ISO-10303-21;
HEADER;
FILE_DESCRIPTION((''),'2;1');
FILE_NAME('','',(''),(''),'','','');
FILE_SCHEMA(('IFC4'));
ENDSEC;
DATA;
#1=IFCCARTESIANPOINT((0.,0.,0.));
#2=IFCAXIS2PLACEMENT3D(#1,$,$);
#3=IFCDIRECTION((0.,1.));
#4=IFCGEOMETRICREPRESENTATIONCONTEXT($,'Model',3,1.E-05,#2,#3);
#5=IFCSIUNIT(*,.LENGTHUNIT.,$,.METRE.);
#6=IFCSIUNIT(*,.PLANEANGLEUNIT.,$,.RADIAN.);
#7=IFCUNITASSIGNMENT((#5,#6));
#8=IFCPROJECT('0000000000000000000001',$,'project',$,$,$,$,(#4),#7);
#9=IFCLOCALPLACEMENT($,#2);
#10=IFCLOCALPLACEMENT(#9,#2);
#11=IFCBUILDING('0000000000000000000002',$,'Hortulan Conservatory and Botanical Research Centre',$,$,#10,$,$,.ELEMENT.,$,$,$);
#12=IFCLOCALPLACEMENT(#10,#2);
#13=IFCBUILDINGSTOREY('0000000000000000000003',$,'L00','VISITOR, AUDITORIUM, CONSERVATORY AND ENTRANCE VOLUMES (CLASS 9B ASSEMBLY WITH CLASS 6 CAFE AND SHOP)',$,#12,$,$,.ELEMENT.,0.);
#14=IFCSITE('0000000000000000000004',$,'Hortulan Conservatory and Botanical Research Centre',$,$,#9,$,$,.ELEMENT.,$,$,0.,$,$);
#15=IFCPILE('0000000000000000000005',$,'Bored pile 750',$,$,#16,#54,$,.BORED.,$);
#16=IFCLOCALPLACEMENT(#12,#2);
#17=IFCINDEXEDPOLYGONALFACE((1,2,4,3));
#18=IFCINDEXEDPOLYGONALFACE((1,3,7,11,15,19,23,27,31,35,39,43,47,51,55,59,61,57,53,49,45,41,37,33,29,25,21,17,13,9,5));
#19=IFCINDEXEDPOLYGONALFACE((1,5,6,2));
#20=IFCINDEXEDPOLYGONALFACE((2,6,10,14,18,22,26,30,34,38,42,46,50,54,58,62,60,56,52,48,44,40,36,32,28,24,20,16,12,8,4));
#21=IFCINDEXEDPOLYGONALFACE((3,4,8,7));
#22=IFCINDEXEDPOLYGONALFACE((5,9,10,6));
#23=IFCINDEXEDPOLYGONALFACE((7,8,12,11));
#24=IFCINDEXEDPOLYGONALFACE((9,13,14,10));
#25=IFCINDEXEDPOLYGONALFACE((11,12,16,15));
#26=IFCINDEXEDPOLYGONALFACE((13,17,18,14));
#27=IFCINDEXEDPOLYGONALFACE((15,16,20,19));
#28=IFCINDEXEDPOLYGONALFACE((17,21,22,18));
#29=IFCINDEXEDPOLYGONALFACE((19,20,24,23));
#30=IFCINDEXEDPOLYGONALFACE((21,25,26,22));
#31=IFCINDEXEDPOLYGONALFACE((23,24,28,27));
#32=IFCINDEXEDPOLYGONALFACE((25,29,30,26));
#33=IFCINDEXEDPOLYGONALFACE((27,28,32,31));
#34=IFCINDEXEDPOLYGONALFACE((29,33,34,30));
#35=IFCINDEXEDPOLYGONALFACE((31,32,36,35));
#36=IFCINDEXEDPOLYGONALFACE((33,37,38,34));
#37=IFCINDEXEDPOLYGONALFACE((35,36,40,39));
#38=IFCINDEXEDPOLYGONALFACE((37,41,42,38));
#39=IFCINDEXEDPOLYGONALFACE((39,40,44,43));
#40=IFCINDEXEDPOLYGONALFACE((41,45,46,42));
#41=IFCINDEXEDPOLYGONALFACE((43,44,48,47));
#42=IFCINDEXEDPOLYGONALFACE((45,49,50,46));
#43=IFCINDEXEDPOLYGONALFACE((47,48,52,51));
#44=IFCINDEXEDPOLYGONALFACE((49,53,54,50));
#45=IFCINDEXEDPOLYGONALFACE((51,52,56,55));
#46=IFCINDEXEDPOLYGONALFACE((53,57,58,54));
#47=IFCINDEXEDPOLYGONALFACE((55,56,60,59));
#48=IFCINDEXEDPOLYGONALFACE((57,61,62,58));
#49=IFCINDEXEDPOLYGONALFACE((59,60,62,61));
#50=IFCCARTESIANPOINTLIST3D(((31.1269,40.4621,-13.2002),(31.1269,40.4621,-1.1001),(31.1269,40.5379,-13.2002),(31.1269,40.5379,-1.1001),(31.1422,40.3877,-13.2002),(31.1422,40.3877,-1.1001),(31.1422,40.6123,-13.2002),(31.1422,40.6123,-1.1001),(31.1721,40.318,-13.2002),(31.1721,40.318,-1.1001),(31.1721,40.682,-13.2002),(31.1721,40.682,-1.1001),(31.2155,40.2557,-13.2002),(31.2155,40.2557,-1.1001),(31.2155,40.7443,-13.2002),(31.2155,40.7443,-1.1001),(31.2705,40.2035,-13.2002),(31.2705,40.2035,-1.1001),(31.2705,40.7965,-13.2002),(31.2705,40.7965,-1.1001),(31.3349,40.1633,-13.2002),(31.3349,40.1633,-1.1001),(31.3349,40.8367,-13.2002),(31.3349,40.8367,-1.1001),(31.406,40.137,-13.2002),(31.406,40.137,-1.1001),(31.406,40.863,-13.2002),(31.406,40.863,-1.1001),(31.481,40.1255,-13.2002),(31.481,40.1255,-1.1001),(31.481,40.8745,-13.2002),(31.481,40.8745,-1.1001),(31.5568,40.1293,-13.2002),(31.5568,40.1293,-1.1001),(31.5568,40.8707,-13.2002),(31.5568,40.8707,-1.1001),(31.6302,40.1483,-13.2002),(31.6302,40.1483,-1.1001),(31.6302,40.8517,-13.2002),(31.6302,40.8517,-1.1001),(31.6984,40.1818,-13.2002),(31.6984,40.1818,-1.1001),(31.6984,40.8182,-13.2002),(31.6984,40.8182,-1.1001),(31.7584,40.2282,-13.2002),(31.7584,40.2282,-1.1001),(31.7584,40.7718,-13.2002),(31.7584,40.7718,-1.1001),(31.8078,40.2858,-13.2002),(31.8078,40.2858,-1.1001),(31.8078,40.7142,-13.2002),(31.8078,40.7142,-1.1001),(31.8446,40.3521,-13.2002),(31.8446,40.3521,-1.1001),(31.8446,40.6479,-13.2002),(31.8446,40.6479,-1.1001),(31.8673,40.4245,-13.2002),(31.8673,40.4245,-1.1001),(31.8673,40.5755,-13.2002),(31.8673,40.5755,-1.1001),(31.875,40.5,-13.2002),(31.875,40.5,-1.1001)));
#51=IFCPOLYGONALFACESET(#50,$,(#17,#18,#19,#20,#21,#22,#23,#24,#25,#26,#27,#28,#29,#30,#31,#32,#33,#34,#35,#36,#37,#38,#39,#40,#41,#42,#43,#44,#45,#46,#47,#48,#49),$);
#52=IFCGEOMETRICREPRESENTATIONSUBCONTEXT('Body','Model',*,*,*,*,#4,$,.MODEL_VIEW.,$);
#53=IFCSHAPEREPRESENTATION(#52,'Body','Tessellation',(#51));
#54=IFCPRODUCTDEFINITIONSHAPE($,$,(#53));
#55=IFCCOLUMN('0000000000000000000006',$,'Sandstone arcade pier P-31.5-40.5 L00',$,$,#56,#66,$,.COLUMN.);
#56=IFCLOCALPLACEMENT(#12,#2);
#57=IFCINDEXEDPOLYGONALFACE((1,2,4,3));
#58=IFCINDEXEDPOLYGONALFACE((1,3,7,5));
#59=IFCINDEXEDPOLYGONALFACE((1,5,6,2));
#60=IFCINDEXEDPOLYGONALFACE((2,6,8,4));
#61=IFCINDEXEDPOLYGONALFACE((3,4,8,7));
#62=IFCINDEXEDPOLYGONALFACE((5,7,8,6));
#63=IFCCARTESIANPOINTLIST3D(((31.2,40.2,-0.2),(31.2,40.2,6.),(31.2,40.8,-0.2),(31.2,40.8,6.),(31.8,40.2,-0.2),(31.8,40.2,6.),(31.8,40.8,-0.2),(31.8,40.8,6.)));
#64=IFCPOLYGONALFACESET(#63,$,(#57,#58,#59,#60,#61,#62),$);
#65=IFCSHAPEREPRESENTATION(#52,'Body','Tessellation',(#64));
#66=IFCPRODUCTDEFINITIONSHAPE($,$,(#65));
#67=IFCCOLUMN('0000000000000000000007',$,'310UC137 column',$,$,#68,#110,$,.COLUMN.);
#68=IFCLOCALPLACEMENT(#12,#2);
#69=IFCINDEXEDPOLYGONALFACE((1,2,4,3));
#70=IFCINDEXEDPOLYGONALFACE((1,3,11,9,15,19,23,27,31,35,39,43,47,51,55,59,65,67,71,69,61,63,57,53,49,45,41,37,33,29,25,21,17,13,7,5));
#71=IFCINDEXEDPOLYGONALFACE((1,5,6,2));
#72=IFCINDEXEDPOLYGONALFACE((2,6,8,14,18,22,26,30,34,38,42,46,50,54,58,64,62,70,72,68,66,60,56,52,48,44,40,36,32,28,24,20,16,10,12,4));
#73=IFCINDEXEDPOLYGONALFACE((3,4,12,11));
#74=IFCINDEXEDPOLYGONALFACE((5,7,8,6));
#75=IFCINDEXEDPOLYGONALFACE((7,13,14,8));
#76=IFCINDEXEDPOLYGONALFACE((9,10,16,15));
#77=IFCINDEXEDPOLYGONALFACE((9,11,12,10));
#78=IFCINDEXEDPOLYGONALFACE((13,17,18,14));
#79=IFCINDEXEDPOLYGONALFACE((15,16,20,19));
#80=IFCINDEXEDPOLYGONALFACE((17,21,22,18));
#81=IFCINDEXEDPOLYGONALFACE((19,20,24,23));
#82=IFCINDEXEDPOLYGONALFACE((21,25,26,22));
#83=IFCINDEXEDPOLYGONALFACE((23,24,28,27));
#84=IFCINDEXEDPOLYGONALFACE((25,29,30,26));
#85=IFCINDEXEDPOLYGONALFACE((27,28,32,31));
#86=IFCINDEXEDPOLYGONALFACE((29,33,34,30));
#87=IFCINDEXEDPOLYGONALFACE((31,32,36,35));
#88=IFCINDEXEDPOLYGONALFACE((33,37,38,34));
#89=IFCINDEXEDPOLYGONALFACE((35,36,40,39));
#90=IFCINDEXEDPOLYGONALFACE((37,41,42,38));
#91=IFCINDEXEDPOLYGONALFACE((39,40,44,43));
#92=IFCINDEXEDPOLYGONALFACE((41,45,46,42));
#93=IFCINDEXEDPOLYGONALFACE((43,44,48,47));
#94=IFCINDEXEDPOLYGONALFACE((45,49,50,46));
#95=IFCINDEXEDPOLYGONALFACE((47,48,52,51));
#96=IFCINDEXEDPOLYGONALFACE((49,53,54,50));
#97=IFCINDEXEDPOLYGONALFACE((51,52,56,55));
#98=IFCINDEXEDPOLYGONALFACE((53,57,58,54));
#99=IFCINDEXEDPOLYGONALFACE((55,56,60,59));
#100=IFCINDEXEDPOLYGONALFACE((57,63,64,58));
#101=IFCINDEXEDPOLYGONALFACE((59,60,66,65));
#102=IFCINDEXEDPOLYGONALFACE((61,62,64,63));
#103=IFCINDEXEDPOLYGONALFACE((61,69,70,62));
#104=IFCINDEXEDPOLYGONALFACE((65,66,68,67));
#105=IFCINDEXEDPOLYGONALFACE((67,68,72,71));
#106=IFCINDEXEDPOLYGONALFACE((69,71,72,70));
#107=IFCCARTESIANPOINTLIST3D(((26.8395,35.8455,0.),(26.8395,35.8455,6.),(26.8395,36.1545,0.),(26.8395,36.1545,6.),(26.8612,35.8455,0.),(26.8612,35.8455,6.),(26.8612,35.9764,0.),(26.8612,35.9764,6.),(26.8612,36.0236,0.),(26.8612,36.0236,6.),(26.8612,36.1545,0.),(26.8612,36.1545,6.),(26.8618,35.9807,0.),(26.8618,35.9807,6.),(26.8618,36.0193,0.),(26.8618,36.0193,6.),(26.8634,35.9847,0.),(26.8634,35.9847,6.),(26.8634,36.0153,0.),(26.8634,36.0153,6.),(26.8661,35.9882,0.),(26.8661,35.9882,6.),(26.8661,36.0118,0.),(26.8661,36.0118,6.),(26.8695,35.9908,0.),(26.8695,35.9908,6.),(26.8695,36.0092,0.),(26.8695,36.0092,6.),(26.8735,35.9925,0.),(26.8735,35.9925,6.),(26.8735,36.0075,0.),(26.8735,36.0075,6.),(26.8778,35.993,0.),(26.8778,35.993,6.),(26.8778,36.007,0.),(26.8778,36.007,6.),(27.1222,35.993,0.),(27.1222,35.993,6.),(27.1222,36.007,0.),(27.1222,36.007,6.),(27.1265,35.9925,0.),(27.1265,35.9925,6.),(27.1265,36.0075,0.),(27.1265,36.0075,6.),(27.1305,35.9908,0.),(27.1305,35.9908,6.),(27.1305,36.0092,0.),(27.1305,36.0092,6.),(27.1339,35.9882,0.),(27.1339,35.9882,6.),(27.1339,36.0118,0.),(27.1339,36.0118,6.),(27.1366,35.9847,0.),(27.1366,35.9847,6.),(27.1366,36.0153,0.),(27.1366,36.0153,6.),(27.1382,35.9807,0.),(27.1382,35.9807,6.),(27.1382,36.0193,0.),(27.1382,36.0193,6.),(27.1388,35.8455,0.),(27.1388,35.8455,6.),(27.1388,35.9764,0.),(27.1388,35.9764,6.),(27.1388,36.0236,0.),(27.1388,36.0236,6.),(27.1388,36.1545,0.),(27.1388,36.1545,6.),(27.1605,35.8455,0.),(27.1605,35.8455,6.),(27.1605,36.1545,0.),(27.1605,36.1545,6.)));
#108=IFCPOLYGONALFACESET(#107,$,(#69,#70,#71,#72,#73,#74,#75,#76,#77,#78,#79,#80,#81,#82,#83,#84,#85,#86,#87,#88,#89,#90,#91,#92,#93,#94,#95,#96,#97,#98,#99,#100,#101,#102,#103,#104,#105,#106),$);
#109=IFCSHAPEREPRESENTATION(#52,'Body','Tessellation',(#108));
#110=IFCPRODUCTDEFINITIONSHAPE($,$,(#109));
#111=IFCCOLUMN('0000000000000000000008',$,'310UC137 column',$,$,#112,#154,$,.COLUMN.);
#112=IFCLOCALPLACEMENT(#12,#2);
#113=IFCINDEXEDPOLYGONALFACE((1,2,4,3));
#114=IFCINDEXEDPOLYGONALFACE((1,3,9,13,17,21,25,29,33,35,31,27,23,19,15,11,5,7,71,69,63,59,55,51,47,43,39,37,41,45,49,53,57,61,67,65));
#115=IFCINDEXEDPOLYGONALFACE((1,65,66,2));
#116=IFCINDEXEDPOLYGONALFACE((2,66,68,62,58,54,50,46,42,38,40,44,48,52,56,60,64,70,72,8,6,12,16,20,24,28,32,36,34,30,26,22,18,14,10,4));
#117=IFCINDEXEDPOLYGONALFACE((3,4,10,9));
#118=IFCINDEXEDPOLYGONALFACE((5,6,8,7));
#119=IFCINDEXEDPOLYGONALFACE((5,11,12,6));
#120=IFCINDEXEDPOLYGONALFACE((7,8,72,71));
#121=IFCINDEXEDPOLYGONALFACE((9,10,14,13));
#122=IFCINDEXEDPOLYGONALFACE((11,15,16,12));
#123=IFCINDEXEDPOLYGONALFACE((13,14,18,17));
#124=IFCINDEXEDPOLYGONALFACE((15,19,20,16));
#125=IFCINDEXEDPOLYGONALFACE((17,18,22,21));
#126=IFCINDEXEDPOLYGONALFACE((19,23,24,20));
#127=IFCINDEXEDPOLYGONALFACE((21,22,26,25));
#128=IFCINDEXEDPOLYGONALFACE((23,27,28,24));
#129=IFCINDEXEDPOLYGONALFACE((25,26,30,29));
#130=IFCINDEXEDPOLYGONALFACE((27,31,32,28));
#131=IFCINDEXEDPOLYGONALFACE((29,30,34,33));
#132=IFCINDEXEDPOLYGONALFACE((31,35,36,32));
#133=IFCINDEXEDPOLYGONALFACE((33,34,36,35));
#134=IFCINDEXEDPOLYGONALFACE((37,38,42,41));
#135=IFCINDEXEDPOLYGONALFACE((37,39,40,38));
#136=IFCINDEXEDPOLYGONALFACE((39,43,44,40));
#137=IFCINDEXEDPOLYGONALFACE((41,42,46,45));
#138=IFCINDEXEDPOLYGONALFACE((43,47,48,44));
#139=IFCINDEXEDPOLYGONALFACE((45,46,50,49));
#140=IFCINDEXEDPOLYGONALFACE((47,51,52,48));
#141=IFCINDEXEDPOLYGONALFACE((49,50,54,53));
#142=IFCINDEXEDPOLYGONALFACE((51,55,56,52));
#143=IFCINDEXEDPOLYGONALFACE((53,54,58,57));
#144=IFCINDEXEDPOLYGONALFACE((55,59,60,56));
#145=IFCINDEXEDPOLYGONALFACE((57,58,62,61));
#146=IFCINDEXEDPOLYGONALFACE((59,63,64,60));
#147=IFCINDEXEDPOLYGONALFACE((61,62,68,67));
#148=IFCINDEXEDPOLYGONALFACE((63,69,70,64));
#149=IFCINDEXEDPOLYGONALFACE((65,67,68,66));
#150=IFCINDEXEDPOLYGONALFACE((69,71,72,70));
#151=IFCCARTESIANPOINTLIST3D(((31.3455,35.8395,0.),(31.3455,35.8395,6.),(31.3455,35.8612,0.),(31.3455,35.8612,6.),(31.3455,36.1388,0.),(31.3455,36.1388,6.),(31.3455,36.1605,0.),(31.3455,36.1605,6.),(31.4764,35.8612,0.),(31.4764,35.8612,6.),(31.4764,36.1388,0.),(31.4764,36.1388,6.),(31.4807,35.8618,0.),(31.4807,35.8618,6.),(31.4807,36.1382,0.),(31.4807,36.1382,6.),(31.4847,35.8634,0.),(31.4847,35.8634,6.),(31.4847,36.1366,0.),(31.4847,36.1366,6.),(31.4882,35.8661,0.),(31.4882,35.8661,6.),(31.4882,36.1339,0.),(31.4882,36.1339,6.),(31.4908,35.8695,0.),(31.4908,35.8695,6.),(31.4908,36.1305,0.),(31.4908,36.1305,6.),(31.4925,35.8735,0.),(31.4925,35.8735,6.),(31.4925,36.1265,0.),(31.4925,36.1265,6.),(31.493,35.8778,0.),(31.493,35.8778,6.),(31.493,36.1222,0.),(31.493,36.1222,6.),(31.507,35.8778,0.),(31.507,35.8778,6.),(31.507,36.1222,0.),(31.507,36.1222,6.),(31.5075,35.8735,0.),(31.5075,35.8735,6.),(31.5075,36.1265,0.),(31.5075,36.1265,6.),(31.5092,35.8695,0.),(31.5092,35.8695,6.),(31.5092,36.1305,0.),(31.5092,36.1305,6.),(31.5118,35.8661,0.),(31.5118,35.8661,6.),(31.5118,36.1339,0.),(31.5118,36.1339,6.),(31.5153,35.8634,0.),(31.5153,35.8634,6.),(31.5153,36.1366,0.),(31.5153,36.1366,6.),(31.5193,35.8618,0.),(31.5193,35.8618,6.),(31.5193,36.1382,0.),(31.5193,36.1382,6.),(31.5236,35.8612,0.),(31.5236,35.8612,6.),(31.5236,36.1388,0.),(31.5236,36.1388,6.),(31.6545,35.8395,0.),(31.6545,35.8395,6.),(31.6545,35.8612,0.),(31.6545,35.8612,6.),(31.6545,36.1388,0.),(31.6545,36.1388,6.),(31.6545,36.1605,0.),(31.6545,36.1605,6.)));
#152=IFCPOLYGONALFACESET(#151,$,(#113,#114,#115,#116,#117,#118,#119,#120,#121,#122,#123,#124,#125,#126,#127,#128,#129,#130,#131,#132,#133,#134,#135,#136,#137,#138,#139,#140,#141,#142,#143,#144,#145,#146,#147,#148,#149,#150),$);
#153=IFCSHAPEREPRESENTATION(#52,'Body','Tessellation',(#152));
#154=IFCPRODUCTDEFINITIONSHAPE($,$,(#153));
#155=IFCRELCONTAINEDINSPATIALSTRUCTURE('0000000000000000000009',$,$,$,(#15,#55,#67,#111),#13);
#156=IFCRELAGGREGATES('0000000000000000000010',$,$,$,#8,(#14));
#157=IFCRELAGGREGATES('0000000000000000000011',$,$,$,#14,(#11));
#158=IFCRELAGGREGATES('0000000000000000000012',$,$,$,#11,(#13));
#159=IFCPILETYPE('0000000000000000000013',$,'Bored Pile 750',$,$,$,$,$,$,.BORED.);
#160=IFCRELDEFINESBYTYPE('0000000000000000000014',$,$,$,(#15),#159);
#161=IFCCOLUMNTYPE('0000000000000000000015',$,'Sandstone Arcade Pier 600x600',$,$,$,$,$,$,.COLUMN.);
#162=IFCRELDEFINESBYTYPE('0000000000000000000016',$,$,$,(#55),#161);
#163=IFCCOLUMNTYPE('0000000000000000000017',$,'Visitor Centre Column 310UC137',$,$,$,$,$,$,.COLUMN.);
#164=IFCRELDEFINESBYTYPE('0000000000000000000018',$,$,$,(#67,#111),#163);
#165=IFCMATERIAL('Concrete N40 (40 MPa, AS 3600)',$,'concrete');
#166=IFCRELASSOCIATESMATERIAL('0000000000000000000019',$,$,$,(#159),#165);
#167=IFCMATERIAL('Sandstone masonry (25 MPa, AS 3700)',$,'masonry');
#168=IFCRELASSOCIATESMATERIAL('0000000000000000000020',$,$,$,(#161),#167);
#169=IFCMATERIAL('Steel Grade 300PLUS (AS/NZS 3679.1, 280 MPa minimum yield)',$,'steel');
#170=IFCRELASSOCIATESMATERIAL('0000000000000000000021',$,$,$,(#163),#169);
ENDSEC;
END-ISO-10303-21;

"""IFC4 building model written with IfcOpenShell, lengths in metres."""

from ifc_helpers import new_model, si_unit, direction, frame, origin, origin_2d, place, context, subcontext, project, spatial, rectangle, circle, i_section, extrude, material, material_profile, profile_set, type_object, element, save


model = new_model("IFC4")

# Units and contexts
model_context = context("Model", 3, precision=1e-05, world=origin(), true_north=direction((0.0, 1.0)))
body_context = subcontext(model_context, "Body", "Model", "MODEL_VIEW")
ifc_project = project(units=[si_unit("LENGTHUNIT", "METRE"), si_unit("PLANEANGLEUNIT", "RADIAN")], contexts=[model_context])

# Site, building, storey
site_placement = place(None, origin())
site = spatial("IfcSite", under=ifc_project, at=site_placement, Name="Hortulan Conservatory and Botanical Research Centre", CompositionType="ELEMENT", RefElevation=0.0)
building_placement = place(site_placement, origin())
building = spatial("IfcBuilding", under=site, at=building_placement, Name="Hortulan Conservatory and Botanical Research Centre", CompositionType="ELEMENT")
storey_placement = place(building_placement, origin())
storey = spatial("IfcBuildingStorey", under=building, at=storey_placement, Name="L00", Description="VISITOR, AUDITORIUM, CONSERVATORY AND ENTRANCE VOLUMES (CLASS 9B ASSEMBLY WITH CLASS 6 CAFE AND SHOP)", CompositionType="ELEMENT", Elevation=0.0)

# Pile
ifc_material_1 = material(Name="Concrete N40 (40 MPa, AS 3600)", Category="concrete")
ifc_material_profile_1 = material_profile(ifc_material_1, circle(Radius=0.375, at=origin_2d()), Name="Bored pile 750 diameter")
ifc_profile_set_1 = profile_set([ifc_material_profile_1], Name="Concrete N40 (40 MPa, AS 3600)")
pile_type = type_object("IfcPileType", Name="Bored Pile 750", PredefinedType="BORED", material=ifc_profile_set_1)
pile_placement = place(storey_placement, frame((31.5, 40.5, -1.1001), z_axis=(0.0, 0.0, -1.0), x_axis=(1.0, 0.0, 0.0)))
element("IfcPile", 1, at=pile_placement, inside=storey, type_object=pile_type, Name="Bored pile 750", PredefinedType="BORED", context=body_context, shape_type="SweptSolid", body=[
    extrude(circle(Radius=0.375, at=origin_2d()), origin(), (0.0, 0.0, 1.0), 12.1001),
])

# Columns
ifc_material_2 = material(Name="Sandstone masonry (25 MPa, AS 3700)", Category="masonry")
ifc_material_profile_2 = material_profile(ifc_material_2, rectangle(XDim=0.6001, YDim=0.6001, at=origin_2d()), Name="Square pier 600")
ifc_profile_set_2 = profile_set([ifc_material_profile_2], Name="Sandstone masonry (25 MPa, AS 3700)")
column_type_1 = type_object("IfcColumnType", Name="Sandstone Arcade Pier 600x600", PredefinedType="COLUMN", material=ifc_profile_set_2)
column_placement = place(storey_placement, frame((31.5, 40.5, -0.2), z_axis=(0.0, 0.0, 1.0), x_axis=(1.0, 0.0, 0.0)))
element("IfcColumn", 2, at=column_placement, inside=storey, type_object=column_type_1, Name="Sandstone arcade pier P-31.5-40.5 L00", PredefinedType="COLUMN", context=body_context, shape_type="SweptSolid", body=[
    extrude(rectangle(XDim=0.6001, YDim=0.6001, at=origin_2d()), origin(), (0.0, 0.0, 1.0), 6.2),
])
ifc_material_3 = material(Name="Steel Grade 300PLUS (AS/NZS 3679.1, 280 MPa minimum yield)", Category="steel")
ifc_material_profile_3 = material_profile(ifc_material_3, i_section(OverallWidth=0.3091, OverallDepth=0.321, WebThickness=0.0139, FlangeThickness=0.0217, FilletRadius=0.0166, at=origin_2d()), Name="310UC137")
ifc_profile_set_3 = profile_set([ifc_material_profile_3], Name="Steel Grade 300PLUS (AS/NZS 3679.1, 280 MPa minimum yield)")
column_type_2 = type_object("IfcColumnType", Name="Visitor Centre Column 310UC137", PredefinedType="COLUMN", material=ifc_profile_set_3)
for number, where, z_axis, x_axis, name in (
    (3, (27.0, 36.0, 0.0), (0.0, 0.0, 1.0), (0.0, 1.0, 0.0), "310UC137 column"),
    (4, (31.5, 36.0, 0.0), (0.0, 0.0, 1.0), (1.0, 0.0, 0.0), "310UC137 column"),
):
    element("IfcColumn", number, at=place(storey_placement, frame(where, z_axis=z_axis, x_axis=x_axis)), inside=storey, type_object=column_type_2, Name=name, PredefinedType="COLUMN", context=body_context, shape_type="SweptSolid", body=[
        extrude(i_section(OverallWidth=0.3091, OverallDepth=0.321, WebThickness=0.0139, FlangeThickness=0.0217, FilletRadius=0.0166, at=origin_2d()), origin(), (0.0, 0.0, 1.0), 6.0),
    ])

save(model, "model.ifc")
